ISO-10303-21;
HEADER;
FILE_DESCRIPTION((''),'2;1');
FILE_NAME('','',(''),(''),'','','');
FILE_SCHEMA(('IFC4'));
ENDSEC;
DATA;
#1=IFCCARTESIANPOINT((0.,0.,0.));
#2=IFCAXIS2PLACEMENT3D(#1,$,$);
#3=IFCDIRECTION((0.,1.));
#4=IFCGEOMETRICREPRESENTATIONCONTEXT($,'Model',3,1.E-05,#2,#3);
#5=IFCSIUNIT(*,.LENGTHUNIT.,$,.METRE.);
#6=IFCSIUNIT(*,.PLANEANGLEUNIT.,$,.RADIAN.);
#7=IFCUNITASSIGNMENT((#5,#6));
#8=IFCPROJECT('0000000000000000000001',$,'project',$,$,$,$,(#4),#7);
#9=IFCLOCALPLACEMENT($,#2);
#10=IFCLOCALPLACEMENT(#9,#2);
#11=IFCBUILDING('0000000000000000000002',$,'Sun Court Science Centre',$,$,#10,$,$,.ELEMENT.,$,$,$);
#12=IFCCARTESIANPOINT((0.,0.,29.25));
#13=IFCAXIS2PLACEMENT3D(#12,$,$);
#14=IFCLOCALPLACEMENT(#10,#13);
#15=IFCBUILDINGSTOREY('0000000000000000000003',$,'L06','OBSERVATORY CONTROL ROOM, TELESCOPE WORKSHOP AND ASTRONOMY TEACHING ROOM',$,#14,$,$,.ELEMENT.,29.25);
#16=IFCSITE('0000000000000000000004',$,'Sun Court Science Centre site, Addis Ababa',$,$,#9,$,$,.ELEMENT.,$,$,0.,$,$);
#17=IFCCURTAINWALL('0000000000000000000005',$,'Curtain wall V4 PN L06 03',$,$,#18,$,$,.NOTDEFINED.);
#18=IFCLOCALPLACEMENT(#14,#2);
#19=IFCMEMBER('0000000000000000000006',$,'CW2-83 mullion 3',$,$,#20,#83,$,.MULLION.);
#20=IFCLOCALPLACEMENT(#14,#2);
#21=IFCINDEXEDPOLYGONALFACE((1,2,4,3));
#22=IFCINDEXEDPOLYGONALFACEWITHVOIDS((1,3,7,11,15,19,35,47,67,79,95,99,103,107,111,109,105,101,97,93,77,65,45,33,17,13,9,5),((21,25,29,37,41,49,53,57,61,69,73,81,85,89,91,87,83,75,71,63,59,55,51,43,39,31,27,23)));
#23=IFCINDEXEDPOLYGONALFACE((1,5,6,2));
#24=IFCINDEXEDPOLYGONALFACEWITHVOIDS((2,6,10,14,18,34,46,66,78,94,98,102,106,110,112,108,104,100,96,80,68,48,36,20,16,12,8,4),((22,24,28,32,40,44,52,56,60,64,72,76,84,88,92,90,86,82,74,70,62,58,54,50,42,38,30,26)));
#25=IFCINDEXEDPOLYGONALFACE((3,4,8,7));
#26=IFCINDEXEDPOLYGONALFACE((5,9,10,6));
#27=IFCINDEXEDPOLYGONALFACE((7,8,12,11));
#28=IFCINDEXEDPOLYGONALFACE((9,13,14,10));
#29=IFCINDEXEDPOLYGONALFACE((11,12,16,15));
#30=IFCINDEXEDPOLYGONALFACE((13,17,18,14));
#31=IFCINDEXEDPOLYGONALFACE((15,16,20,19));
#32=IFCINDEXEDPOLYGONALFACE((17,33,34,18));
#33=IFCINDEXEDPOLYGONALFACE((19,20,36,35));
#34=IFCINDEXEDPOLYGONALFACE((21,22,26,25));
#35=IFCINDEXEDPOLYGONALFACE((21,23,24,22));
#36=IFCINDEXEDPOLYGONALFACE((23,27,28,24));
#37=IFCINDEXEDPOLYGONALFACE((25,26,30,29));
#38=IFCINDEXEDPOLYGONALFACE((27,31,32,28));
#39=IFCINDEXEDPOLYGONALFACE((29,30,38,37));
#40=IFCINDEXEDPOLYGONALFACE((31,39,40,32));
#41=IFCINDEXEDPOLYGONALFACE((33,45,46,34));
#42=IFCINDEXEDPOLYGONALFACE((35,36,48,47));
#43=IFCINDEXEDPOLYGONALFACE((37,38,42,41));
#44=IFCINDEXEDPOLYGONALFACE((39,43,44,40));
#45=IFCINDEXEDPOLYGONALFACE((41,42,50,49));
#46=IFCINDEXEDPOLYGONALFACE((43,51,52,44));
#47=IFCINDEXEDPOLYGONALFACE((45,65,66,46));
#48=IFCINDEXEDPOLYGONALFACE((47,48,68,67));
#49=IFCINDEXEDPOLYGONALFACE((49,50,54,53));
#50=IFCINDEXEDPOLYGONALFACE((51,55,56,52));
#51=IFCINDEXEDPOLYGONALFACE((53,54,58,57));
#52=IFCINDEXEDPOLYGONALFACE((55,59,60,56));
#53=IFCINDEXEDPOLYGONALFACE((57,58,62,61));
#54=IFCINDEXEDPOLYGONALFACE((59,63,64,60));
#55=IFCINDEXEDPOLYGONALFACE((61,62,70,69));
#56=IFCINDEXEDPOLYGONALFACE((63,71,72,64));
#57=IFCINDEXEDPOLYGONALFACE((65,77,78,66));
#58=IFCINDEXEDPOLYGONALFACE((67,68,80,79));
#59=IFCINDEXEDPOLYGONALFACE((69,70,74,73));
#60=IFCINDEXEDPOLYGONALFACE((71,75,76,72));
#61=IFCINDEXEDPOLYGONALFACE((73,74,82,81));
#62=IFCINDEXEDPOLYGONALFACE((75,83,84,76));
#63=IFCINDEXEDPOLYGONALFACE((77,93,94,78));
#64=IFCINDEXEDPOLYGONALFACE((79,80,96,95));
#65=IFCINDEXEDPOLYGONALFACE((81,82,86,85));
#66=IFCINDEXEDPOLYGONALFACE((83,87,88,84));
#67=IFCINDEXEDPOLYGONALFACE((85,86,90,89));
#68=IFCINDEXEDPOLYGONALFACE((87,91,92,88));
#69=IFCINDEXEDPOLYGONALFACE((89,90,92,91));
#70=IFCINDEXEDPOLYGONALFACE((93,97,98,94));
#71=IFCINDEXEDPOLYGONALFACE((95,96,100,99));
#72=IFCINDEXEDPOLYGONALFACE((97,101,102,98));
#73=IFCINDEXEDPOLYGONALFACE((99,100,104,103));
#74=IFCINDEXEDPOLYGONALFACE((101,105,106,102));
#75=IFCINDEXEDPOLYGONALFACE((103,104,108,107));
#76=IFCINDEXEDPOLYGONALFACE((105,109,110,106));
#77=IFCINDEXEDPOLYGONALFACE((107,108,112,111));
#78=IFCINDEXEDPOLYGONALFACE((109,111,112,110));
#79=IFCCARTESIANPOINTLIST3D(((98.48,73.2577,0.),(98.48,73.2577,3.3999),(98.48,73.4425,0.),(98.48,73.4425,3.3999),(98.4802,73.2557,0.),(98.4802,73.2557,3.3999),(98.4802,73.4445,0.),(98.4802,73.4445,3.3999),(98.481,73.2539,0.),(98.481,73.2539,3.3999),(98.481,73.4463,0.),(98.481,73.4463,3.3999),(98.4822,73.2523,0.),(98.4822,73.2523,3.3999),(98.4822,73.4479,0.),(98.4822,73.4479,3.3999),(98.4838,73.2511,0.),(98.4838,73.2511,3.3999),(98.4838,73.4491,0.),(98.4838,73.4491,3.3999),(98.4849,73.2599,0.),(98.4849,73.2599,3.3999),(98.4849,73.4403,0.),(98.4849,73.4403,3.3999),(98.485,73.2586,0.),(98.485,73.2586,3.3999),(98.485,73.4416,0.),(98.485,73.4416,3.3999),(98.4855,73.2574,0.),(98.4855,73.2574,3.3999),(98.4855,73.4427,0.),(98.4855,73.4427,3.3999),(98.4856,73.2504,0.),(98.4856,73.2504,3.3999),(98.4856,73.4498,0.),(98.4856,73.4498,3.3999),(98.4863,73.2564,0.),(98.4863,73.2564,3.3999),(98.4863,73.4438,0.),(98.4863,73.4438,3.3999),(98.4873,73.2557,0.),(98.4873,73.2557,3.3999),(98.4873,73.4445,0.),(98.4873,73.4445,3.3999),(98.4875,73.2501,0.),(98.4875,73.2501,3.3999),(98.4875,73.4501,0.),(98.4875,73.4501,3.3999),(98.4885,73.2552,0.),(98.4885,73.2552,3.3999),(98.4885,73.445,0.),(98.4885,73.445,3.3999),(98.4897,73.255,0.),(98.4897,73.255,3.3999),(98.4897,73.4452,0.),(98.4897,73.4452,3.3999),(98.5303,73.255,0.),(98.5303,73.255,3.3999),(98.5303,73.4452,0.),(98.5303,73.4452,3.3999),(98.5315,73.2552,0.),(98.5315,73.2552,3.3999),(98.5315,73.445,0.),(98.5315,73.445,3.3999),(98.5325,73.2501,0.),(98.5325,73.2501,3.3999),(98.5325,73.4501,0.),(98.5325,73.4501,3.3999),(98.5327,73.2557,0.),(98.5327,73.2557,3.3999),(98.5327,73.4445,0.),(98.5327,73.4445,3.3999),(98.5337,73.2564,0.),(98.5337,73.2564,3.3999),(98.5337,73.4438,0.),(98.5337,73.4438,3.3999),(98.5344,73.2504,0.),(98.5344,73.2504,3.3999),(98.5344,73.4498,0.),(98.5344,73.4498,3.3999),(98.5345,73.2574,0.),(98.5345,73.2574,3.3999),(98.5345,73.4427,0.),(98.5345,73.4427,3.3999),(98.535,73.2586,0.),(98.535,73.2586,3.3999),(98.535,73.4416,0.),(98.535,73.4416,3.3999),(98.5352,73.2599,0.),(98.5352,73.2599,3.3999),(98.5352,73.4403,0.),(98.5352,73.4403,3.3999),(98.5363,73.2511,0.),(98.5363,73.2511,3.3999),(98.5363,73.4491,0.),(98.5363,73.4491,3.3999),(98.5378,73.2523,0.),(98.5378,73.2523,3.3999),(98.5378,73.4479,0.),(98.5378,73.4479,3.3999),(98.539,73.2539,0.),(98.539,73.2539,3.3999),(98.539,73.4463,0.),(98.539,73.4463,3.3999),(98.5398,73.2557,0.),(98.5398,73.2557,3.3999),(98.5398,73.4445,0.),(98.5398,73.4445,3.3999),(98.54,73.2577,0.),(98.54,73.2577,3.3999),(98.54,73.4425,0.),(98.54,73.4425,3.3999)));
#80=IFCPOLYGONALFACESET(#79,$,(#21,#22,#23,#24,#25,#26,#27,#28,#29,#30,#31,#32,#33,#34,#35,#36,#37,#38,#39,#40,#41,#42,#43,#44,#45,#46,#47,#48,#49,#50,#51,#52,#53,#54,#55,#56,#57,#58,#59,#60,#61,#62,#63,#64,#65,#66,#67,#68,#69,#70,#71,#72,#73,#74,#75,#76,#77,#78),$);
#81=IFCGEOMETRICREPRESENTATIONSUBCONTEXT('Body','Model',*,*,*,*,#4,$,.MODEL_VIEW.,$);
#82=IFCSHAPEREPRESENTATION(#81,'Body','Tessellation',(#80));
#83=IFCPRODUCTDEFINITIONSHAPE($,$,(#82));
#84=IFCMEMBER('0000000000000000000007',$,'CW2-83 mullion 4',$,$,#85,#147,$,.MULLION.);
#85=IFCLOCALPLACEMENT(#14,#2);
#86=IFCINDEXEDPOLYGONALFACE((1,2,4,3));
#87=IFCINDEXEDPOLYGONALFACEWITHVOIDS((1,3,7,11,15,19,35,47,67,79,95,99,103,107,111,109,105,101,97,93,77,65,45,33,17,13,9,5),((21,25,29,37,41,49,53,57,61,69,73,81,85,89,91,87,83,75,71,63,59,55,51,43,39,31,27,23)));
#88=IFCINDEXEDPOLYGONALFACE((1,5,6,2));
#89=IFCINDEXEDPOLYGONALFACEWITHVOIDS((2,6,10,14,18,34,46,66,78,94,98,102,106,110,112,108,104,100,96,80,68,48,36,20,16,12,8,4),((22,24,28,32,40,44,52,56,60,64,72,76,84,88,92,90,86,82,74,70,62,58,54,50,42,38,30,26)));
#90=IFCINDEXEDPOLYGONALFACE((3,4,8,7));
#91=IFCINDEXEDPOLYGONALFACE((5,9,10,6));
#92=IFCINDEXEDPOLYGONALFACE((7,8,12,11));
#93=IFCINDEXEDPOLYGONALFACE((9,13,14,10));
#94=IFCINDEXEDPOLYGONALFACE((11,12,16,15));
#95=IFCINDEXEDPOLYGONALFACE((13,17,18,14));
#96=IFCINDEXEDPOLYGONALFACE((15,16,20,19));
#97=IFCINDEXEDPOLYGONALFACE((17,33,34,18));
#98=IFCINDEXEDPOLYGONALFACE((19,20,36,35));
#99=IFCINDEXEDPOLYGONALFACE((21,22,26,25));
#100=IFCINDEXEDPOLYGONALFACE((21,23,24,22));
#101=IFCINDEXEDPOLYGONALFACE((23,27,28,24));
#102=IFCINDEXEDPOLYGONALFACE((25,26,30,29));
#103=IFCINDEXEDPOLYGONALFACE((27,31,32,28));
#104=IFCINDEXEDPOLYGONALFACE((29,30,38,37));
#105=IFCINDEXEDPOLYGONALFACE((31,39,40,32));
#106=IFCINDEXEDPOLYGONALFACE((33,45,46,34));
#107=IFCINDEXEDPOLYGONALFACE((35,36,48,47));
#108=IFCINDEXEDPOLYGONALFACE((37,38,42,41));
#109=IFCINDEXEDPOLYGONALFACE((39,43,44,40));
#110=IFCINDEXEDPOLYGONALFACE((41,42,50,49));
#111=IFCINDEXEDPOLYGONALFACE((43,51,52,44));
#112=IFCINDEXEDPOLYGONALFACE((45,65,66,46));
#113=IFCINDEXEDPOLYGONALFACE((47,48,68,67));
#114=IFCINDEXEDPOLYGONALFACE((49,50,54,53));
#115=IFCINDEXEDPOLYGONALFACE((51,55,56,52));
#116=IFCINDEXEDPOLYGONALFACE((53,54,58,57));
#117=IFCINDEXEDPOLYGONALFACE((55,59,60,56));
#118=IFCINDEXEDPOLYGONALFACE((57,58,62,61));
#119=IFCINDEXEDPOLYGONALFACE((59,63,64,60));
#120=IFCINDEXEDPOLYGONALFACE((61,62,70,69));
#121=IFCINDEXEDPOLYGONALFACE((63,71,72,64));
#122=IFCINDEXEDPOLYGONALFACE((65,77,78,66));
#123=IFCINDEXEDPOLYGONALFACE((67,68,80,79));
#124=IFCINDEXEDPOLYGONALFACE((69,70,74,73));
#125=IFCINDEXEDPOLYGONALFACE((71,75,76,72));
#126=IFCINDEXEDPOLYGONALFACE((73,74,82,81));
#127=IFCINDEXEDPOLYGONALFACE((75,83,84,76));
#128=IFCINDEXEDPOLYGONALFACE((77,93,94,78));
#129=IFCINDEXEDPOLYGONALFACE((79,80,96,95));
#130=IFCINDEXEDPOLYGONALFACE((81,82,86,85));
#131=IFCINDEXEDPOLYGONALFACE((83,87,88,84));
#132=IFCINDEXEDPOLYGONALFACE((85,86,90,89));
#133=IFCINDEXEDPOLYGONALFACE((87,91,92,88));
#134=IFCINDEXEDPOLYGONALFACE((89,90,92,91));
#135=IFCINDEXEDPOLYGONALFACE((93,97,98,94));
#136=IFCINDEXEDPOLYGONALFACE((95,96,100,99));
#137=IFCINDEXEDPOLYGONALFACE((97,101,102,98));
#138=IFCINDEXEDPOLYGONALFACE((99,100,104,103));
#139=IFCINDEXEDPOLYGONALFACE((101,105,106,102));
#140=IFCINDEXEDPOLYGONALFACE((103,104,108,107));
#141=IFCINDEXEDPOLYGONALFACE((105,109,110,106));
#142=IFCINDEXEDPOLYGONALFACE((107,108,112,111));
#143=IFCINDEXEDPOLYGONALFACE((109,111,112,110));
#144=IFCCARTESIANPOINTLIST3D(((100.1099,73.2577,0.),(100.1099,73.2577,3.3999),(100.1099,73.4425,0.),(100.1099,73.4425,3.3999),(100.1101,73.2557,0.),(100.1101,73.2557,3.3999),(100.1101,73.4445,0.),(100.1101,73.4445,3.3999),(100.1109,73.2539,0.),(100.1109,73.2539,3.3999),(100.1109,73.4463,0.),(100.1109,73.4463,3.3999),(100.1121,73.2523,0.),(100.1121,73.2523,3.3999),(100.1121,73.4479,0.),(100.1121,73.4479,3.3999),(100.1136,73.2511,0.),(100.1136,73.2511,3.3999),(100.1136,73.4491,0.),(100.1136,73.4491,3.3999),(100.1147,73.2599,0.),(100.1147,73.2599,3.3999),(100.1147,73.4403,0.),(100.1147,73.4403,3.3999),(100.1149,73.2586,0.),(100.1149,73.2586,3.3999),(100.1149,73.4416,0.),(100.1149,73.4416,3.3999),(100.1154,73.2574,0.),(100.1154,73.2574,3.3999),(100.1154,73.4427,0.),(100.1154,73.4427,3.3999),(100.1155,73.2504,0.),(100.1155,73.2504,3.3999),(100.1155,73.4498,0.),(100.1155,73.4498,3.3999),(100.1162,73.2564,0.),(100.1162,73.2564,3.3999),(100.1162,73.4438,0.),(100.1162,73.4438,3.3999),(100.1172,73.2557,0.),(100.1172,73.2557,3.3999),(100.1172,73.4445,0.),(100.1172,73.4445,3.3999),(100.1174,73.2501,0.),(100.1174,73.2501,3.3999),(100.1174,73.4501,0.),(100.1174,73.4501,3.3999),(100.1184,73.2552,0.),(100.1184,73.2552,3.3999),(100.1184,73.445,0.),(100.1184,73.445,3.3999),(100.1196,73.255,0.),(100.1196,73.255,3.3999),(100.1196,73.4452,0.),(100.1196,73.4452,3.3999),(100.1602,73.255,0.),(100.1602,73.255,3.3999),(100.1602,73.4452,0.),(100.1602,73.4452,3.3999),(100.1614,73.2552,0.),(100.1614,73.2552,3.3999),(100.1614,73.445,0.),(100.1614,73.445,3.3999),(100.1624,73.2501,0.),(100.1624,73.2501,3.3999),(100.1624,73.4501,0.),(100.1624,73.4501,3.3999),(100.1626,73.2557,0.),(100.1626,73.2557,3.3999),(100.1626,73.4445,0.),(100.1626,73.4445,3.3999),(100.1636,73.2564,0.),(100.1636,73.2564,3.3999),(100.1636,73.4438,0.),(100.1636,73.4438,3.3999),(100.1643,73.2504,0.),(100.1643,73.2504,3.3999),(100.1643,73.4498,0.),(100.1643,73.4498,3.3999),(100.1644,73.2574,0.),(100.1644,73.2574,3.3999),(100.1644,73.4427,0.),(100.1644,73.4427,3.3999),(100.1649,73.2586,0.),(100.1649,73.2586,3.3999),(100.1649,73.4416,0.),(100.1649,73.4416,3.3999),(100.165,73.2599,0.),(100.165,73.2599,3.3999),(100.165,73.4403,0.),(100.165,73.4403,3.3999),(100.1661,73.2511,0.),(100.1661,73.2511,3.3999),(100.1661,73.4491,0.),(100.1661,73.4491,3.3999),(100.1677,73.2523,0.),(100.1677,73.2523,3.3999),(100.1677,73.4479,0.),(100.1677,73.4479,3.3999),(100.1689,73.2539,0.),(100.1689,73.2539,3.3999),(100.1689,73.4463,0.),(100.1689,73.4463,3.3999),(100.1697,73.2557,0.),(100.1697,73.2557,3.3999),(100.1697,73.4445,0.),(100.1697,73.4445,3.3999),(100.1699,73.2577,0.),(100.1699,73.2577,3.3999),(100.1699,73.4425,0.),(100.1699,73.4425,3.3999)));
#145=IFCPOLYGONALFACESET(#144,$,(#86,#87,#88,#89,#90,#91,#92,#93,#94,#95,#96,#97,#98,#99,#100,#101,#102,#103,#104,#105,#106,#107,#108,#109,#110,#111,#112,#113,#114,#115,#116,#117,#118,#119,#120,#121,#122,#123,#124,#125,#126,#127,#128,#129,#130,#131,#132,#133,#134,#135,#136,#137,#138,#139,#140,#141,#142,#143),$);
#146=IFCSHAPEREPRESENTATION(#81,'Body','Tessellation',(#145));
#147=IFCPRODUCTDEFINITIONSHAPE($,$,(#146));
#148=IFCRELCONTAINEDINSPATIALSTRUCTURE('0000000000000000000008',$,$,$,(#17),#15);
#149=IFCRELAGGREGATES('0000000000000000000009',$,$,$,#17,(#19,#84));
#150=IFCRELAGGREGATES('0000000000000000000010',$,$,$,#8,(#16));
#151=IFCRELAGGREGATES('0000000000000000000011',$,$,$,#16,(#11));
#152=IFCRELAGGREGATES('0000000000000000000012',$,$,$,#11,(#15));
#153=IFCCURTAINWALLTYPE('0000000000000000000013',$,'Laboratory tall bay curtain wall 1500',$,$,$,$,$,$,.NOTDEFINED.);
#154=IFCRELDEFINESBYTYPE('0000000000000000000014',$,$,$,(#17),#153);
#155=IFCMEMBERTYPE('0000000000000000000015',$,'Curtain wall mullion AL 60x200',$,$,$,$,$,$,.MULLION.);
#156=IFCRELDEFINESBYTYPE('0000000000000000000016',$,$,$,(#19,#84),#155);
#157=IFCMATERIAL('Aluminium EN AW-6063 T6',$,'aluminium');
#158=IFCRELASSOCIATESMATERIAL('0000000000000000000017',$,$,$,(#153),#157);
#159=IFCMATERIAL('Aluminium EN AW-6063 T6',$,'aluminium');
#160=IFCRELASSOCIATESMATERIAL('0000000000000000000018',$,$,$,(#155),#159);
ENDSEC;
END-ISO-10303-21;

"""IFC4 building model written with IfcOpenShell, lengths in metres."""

from ifc_helpers import new_model, si_unit, direction, frame, origin, origin_2d, place, context, subcontext, project, spatial, hollow_rectangle, extrude, material, material_profile, profile_set, type_object, element, aggregate, save


model = new_model("IFC4")

# Units and contexts
model_context = context("Model", 3, precision=1e-05, world=origin(), true_north=direction((0.0, 1.0)))
body_context = subcontext(model_context, "Body", "Model", "MODEL_VIEW")
ifc_project = project(units=[si_unit("LENGTHUNIT", "METRE"), si_unit("PLANEANGLEUNIT", "RADIAN")], contexts=[model_context])

# Site, building, storey
site_placement = place(None, origin())
site = spatial("IfcSite", under=ifc_project, at=site_placement, Name="Sun Court Science Centre site, Addis Ababa", CompositionType="ELEMENT", RefElevation=0.0)
building_placement = place(site_placement, origin())
building = spatial("IfcBuilding", under=site, at=building_placement, Name="Sun Court Science Centre", CompositionType="ELEMENT")
storey_placement = place(building_placement, frame((0.0, 0.0, 29.25)))
storey = spatial("IfcBuildingStorey", under=building, at=storey_placement, Name="L06", Description="OBSERVATORY CONTROL ROOM, TELESCOPE WORKSHOP AND ASTRONOMY TEACHING ROOM", CompositionType="ELEMENT", Elevation=29.25)

# Curtain wall, members
ifc_material_1 = material(Name="Aluminium EN AW-6063 T6", Category="aluminium")
curtain_wall_type = type_object("IfcCurtainWallType", Name="Laboratory tall bay curtain wall 1500", PredefinedType="NOTDEFINED", material=ifc_material_1)
curtain_wall_placement = place(storey_placement, origin())
curtain_wall = element("IfcCurtainWall", 1, at=curtain_wall_placement, inside=storey, type_object=curtain_wall_type, Name="Curtain wall V4 PN L06 03", PredefinedType="NOTDEFINED")
ifc_material_2 = material(Name="Aluminium EN AW-6063 T6", Category="aluminium")
ifc_material_profile_1 = material_profile(ifc_material_2, hollow_rectangle(XDim=0.0601, YDim=0.2, WallThickness=0.0049, InnerFilletRadius=0.0049, OuterFilletRadius=0.0076, at=origin_2d()), Name="AL 60x200x5")
ifc_profile_set_1 = profile_set([ifc_material_profile_1], Name="Aluminium EN AW-6063 T6")
member_type_1 = type_object("IfcMemberType", Name="Curtain wall mullion AL 60x200", PredefinedType="MULLION", material=ifc_profile_set_1)
member_1_placement = place(storey_placement, frame((98.51, 73.3501, 0.0), z_axis=(0.0, 0.0, 1.0), x_axis=(1.0, 0.0, 0.0)))
member_1 = element("IfcMember", 2, at=member_1_placement, type_object=member_type_1, Name="CW2-83 mullion 3", PredefinedType="MULLION", context=body_context, shape_type="SweptSolid", body=[
    extrude(hollow_rectangle(XDim=0.0601, YDim=0.2, WallThickness=0.0049, InnerFilletRadius=0.0049, OuterFilletRadius=0.0076, at=origin_2d()), origin(), (0.0, 0.0, 1.0), 3.3999),
])
member_2_placement = place(storey_placement, frame((100.1399, 73.3501, 0.0), z_axis=(0.0, 0.0, 1.0), x_axis=(1.0, 0.0, 0.0)))
member_2 = element("IfcMember", 3, at=member_2_placement, type_object=member_type_1, Name="CW2-83 mullion 4", PredefinedType="MULLION", context=body_context, shape_type="SweptSolid", body=[
    extrude(hollow_rectangle(XDim=0.0601, YDim=0.2, WallThickness=0.0049, InnerFilletRadius=0.0049, OuterFilletRadius=0.0076, at=origin_2d()), origin(), (0.0, 0.0, 1.0), 3.3999),
])

aggregate(curtain_wall, [member_1, member_2])

save(model, "model.ifc")
